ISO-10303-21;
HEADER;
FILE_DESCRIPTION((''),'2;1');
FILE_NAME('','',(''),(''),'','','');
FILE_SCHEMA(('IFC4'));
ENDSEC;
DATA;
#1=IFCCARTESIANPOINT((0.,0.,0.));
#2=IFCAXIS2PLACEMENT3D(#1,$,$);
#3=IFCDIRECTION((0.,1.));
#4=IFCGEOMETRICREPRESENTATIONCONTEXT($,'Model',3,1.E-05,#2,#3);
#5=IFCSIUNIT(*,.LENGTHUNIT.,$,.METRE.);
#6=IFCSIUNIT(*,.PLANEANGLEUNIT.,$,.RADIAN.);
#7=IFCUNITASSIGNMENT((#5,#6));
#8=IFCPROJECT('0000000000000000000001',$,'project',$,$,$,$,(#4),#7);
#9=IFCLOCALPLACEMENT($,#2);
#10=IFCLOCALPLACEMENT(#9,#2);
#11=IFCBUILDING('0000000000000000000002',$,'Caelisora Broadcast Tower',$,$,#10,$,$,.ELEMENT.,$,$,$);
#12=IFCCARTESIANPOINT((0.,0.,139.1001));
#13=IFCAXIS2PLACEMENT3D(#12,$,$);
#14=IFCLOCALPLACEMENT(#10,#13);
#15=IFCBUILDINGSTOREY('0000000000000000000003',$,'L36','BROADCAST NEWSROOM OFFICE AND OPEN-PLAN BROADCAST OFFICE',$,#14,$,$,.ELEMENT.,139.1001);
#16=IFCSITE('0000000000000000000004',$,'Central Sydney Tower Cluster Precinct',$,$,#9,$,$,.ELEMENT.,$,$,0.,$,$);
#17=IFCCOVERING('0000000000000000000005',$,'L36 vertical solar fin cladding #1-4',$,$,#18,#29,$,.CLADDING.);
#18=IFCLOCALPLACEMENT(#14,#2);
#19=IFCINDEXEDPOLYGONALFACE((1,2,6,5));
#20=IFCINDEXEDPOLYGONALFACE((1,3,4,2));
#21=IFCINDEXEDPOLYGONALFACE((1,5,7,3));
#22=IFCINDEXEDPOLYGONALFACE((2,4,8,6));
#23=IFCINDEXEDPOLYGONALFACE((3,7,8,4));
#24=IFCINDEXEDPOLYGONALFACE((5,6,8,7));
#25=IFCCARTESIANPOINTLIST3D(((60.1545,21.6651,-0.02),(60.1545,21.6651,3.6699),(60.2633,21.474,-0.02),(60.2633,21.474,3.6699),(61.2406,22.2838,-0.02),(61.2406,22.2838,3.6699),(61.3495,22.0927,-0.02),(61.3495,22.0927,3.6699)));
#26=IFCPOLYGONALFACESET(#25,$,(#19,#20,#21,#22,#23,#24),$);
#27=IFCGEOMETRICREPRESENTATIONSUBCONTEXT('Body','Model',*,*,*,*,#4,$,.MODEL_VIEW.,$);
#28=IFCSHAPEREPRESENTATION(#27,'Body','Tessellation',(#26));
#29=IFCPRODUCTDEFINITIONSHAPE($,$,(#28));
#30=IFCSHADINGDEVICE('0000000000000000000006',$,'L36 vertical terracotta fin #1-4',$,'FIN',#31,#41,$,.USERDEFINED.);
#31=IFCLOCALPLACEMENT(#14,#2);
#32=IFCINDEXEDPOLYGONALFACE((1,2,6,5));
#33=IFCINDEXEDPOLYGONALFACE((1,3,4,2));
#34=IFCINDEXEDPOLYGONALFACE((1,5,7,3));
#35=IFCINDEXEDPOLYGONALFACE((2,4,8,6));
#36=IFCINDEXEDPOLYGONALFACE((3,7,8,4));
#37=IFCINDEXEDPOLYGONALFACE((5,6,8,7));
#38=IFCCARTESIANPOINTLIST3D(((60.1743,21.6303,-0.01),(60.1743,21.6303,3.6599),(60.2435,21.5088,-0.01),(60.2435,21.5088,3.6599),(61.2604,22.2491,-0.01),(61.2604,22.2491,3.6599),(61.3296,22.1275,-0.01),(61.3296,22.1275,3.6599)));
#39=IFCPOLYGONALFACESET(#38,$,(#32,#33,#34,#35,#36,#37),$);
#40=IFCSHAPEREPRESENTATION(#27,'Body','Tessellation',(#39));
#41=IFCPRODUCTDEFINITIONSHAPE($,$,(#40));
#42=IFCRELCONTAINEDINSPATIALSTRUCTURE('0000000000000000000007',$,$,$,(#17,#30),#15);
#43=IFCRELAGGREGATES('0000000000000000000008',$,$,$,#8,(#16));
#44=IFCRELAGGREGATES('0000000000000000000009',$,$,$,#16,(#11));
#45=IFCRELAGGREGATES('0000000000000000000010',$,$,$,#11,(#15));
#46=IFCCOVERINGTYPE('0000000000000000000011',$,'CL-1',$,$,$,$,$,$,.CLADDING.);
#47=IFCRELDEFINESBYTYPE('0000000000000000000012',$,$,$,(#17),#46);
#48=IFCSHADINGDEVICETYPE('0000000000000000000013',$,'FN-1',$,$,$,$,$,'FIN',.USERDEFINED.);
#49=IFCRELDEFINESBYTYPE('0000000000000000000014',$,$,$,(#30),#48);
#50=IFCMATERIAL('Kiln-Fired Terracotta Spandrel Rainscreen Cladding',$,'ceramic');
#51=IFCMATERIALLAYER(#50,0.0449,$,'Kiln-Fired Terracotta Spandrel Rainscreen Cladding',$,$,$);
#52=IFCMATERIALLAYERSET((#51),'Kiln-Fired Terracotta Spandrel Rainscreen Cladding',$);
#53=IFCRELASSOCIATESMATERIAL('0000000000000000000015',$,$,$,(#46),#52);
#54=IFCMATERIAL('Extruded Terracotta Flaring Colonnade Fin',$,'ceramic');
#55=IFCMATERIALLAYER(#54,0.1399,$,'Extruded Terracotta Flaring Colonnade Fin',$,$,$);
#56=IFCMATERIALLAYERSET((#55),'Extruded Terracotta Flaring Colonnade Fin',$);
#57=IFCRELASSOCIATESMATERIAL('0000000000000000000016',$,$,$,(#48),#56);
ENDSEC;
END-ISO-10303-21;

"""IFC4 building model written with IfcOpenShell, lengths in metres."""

from ifc_helpers import new_model, si_unit, direction, frame, origin, origin_2d, place, context, subcontext, project, spatial, rectangle, extrude, source, transform, mapped, material, layer, layer_set, type_object, type_shapes, element, save


model = new_model("IFC4")

# Units and contexts
model_context = context("Model", 3, precision=1e-05, world=origin(), true_north=direction((0.0, 1.0)))
body_context = subcontext(model_context, "Body", "Model", "MODEL_VIEW")
ifc_project = project(units=[si_unit("LENGTHUNIT", "METRE"), si_unit("PLANEANGLEUNIT", "RADIAN")], contexts=[model_context])

# Site, building, storey
site_placement = place(None, origin())
site = spatial("IfcSite", under=ifc_project, at=site_placement, Name="Central Sydney Tower Cluster Precinct", CompositionType="ELEMENT", RefElevation=0.0)
building_placement = place(site_placement, origin())
building = spatial("IfcBuilding", under=site, at=building_placement, Name="Caelisora Broadcast Tower", CompositionType="ELEMENT")
storey_placement = place(building_placement, frame((0.0, 0.0, 139.1001)))
storey = spatial("IfcBuildingStorey", under=building, at=storey_placement, Name="L36", Description="BROADCAST NEWSROOM OFFICE AND OPEN-PLAN BROADCAST OFFICE", CompositionType="ELEMENT", Elevation=139.1001)

# Covering
ifc_material_1 = material(Name="Kiln-Fired Terracotta Spandrel Rainscreen Cladding", Category="ceramic")
ifc_layer_1 = layer(ifc_material_1, 0.0449, Name="Kiln-Fired Terracotta Spandrel Rainscreen Cladding")
ifc_layer_set_1 = layer_set([ifc_layer_1], Name="Kiln-Fired Terracotta Spandrel Rainscreen Cladding")
covering_type = type_object("IfcCoveringType", Name="CL-1", PredefinedType="CLADDING", material=ifc_layer_set_1)
shared_shape_1 = source(origin(), body_context, "Body", "SweptSolid", [
    extrude(rectangle(XDim=0.22, YDim=1.25, at=origin_2d()), origin(), (0.0, 0.0, 1.0), 3.6899),
])
type_shapes(covering_type, [shared_shape_1])
covering_placement = place(storey_placement, frame((60.752, 21.8789, -0.02), z_axis=(0.0, 0.0, 1.0), x_axis=(0.495004, -0.868891, 0.0)))
element("IfcCovering", 1, at=covering_placement, inside=storey, type_object=covering_type, Name="L36 vertical solar fin cladding #1-4", PredefinedType="CLADDING", context=body_context, shape_type="MappedRepresentation", body=[
    mapped(shared_shape_1, transform((0.0, 0.0, 0.0), scale=1.0)),
])

# Shading device
ifc_material_2 = material(Name="Extruded Terracotta Flaring Colonnade Fin", Category="ceramic")
ifc_layer_2 = layer(ifc_material_2, 0.1399, Name="Extruded Terracotta Flaring Colonnade Fin")
ifc_layer_set_2 = layer_set([ifc_layer_2], Name="Extruded Terracotta Flaring Colonnade Fin")
shading_device_type = type_object("IfcShadingDeviceType", Name="FN-1", ElementType="FIN", PredefinedType="USERDEFINED", material=ifc_layer_set_2)
shared_shape_2 = source(origin(), body_context, "Body", "SweptSolid", [
    extrude(rectangle(XDim=0.1399, YDim=1.25, at=origin_2d()), origin(), (0.0, 0.0, 1.0), 3.6699),
])
type_shapes(shading_device_type, [shared_shape_2])
shading_device_placement = place(storey_placement, frame((60.752, 21.8789, -0.01), z_axis=(0.0, 0.0, 1.0), x_axis=(0.495004, -0.868891, 0.0)))
element("IfcShadingDevice", 2, at=shading_device_placement, inside=storey, type_object=shading_device_type, Name="L36 vertical terracotta fin #1-4", ObjectType="FIN", PredefinedType="USERDEFINED", context=body_context, shape_type="MappedRepresentation", body=[
    mapped(shared_shape_2, transform((0.0, 0.0, 0.0), scale=1.0)),
])

save(model, "model.ifc")
